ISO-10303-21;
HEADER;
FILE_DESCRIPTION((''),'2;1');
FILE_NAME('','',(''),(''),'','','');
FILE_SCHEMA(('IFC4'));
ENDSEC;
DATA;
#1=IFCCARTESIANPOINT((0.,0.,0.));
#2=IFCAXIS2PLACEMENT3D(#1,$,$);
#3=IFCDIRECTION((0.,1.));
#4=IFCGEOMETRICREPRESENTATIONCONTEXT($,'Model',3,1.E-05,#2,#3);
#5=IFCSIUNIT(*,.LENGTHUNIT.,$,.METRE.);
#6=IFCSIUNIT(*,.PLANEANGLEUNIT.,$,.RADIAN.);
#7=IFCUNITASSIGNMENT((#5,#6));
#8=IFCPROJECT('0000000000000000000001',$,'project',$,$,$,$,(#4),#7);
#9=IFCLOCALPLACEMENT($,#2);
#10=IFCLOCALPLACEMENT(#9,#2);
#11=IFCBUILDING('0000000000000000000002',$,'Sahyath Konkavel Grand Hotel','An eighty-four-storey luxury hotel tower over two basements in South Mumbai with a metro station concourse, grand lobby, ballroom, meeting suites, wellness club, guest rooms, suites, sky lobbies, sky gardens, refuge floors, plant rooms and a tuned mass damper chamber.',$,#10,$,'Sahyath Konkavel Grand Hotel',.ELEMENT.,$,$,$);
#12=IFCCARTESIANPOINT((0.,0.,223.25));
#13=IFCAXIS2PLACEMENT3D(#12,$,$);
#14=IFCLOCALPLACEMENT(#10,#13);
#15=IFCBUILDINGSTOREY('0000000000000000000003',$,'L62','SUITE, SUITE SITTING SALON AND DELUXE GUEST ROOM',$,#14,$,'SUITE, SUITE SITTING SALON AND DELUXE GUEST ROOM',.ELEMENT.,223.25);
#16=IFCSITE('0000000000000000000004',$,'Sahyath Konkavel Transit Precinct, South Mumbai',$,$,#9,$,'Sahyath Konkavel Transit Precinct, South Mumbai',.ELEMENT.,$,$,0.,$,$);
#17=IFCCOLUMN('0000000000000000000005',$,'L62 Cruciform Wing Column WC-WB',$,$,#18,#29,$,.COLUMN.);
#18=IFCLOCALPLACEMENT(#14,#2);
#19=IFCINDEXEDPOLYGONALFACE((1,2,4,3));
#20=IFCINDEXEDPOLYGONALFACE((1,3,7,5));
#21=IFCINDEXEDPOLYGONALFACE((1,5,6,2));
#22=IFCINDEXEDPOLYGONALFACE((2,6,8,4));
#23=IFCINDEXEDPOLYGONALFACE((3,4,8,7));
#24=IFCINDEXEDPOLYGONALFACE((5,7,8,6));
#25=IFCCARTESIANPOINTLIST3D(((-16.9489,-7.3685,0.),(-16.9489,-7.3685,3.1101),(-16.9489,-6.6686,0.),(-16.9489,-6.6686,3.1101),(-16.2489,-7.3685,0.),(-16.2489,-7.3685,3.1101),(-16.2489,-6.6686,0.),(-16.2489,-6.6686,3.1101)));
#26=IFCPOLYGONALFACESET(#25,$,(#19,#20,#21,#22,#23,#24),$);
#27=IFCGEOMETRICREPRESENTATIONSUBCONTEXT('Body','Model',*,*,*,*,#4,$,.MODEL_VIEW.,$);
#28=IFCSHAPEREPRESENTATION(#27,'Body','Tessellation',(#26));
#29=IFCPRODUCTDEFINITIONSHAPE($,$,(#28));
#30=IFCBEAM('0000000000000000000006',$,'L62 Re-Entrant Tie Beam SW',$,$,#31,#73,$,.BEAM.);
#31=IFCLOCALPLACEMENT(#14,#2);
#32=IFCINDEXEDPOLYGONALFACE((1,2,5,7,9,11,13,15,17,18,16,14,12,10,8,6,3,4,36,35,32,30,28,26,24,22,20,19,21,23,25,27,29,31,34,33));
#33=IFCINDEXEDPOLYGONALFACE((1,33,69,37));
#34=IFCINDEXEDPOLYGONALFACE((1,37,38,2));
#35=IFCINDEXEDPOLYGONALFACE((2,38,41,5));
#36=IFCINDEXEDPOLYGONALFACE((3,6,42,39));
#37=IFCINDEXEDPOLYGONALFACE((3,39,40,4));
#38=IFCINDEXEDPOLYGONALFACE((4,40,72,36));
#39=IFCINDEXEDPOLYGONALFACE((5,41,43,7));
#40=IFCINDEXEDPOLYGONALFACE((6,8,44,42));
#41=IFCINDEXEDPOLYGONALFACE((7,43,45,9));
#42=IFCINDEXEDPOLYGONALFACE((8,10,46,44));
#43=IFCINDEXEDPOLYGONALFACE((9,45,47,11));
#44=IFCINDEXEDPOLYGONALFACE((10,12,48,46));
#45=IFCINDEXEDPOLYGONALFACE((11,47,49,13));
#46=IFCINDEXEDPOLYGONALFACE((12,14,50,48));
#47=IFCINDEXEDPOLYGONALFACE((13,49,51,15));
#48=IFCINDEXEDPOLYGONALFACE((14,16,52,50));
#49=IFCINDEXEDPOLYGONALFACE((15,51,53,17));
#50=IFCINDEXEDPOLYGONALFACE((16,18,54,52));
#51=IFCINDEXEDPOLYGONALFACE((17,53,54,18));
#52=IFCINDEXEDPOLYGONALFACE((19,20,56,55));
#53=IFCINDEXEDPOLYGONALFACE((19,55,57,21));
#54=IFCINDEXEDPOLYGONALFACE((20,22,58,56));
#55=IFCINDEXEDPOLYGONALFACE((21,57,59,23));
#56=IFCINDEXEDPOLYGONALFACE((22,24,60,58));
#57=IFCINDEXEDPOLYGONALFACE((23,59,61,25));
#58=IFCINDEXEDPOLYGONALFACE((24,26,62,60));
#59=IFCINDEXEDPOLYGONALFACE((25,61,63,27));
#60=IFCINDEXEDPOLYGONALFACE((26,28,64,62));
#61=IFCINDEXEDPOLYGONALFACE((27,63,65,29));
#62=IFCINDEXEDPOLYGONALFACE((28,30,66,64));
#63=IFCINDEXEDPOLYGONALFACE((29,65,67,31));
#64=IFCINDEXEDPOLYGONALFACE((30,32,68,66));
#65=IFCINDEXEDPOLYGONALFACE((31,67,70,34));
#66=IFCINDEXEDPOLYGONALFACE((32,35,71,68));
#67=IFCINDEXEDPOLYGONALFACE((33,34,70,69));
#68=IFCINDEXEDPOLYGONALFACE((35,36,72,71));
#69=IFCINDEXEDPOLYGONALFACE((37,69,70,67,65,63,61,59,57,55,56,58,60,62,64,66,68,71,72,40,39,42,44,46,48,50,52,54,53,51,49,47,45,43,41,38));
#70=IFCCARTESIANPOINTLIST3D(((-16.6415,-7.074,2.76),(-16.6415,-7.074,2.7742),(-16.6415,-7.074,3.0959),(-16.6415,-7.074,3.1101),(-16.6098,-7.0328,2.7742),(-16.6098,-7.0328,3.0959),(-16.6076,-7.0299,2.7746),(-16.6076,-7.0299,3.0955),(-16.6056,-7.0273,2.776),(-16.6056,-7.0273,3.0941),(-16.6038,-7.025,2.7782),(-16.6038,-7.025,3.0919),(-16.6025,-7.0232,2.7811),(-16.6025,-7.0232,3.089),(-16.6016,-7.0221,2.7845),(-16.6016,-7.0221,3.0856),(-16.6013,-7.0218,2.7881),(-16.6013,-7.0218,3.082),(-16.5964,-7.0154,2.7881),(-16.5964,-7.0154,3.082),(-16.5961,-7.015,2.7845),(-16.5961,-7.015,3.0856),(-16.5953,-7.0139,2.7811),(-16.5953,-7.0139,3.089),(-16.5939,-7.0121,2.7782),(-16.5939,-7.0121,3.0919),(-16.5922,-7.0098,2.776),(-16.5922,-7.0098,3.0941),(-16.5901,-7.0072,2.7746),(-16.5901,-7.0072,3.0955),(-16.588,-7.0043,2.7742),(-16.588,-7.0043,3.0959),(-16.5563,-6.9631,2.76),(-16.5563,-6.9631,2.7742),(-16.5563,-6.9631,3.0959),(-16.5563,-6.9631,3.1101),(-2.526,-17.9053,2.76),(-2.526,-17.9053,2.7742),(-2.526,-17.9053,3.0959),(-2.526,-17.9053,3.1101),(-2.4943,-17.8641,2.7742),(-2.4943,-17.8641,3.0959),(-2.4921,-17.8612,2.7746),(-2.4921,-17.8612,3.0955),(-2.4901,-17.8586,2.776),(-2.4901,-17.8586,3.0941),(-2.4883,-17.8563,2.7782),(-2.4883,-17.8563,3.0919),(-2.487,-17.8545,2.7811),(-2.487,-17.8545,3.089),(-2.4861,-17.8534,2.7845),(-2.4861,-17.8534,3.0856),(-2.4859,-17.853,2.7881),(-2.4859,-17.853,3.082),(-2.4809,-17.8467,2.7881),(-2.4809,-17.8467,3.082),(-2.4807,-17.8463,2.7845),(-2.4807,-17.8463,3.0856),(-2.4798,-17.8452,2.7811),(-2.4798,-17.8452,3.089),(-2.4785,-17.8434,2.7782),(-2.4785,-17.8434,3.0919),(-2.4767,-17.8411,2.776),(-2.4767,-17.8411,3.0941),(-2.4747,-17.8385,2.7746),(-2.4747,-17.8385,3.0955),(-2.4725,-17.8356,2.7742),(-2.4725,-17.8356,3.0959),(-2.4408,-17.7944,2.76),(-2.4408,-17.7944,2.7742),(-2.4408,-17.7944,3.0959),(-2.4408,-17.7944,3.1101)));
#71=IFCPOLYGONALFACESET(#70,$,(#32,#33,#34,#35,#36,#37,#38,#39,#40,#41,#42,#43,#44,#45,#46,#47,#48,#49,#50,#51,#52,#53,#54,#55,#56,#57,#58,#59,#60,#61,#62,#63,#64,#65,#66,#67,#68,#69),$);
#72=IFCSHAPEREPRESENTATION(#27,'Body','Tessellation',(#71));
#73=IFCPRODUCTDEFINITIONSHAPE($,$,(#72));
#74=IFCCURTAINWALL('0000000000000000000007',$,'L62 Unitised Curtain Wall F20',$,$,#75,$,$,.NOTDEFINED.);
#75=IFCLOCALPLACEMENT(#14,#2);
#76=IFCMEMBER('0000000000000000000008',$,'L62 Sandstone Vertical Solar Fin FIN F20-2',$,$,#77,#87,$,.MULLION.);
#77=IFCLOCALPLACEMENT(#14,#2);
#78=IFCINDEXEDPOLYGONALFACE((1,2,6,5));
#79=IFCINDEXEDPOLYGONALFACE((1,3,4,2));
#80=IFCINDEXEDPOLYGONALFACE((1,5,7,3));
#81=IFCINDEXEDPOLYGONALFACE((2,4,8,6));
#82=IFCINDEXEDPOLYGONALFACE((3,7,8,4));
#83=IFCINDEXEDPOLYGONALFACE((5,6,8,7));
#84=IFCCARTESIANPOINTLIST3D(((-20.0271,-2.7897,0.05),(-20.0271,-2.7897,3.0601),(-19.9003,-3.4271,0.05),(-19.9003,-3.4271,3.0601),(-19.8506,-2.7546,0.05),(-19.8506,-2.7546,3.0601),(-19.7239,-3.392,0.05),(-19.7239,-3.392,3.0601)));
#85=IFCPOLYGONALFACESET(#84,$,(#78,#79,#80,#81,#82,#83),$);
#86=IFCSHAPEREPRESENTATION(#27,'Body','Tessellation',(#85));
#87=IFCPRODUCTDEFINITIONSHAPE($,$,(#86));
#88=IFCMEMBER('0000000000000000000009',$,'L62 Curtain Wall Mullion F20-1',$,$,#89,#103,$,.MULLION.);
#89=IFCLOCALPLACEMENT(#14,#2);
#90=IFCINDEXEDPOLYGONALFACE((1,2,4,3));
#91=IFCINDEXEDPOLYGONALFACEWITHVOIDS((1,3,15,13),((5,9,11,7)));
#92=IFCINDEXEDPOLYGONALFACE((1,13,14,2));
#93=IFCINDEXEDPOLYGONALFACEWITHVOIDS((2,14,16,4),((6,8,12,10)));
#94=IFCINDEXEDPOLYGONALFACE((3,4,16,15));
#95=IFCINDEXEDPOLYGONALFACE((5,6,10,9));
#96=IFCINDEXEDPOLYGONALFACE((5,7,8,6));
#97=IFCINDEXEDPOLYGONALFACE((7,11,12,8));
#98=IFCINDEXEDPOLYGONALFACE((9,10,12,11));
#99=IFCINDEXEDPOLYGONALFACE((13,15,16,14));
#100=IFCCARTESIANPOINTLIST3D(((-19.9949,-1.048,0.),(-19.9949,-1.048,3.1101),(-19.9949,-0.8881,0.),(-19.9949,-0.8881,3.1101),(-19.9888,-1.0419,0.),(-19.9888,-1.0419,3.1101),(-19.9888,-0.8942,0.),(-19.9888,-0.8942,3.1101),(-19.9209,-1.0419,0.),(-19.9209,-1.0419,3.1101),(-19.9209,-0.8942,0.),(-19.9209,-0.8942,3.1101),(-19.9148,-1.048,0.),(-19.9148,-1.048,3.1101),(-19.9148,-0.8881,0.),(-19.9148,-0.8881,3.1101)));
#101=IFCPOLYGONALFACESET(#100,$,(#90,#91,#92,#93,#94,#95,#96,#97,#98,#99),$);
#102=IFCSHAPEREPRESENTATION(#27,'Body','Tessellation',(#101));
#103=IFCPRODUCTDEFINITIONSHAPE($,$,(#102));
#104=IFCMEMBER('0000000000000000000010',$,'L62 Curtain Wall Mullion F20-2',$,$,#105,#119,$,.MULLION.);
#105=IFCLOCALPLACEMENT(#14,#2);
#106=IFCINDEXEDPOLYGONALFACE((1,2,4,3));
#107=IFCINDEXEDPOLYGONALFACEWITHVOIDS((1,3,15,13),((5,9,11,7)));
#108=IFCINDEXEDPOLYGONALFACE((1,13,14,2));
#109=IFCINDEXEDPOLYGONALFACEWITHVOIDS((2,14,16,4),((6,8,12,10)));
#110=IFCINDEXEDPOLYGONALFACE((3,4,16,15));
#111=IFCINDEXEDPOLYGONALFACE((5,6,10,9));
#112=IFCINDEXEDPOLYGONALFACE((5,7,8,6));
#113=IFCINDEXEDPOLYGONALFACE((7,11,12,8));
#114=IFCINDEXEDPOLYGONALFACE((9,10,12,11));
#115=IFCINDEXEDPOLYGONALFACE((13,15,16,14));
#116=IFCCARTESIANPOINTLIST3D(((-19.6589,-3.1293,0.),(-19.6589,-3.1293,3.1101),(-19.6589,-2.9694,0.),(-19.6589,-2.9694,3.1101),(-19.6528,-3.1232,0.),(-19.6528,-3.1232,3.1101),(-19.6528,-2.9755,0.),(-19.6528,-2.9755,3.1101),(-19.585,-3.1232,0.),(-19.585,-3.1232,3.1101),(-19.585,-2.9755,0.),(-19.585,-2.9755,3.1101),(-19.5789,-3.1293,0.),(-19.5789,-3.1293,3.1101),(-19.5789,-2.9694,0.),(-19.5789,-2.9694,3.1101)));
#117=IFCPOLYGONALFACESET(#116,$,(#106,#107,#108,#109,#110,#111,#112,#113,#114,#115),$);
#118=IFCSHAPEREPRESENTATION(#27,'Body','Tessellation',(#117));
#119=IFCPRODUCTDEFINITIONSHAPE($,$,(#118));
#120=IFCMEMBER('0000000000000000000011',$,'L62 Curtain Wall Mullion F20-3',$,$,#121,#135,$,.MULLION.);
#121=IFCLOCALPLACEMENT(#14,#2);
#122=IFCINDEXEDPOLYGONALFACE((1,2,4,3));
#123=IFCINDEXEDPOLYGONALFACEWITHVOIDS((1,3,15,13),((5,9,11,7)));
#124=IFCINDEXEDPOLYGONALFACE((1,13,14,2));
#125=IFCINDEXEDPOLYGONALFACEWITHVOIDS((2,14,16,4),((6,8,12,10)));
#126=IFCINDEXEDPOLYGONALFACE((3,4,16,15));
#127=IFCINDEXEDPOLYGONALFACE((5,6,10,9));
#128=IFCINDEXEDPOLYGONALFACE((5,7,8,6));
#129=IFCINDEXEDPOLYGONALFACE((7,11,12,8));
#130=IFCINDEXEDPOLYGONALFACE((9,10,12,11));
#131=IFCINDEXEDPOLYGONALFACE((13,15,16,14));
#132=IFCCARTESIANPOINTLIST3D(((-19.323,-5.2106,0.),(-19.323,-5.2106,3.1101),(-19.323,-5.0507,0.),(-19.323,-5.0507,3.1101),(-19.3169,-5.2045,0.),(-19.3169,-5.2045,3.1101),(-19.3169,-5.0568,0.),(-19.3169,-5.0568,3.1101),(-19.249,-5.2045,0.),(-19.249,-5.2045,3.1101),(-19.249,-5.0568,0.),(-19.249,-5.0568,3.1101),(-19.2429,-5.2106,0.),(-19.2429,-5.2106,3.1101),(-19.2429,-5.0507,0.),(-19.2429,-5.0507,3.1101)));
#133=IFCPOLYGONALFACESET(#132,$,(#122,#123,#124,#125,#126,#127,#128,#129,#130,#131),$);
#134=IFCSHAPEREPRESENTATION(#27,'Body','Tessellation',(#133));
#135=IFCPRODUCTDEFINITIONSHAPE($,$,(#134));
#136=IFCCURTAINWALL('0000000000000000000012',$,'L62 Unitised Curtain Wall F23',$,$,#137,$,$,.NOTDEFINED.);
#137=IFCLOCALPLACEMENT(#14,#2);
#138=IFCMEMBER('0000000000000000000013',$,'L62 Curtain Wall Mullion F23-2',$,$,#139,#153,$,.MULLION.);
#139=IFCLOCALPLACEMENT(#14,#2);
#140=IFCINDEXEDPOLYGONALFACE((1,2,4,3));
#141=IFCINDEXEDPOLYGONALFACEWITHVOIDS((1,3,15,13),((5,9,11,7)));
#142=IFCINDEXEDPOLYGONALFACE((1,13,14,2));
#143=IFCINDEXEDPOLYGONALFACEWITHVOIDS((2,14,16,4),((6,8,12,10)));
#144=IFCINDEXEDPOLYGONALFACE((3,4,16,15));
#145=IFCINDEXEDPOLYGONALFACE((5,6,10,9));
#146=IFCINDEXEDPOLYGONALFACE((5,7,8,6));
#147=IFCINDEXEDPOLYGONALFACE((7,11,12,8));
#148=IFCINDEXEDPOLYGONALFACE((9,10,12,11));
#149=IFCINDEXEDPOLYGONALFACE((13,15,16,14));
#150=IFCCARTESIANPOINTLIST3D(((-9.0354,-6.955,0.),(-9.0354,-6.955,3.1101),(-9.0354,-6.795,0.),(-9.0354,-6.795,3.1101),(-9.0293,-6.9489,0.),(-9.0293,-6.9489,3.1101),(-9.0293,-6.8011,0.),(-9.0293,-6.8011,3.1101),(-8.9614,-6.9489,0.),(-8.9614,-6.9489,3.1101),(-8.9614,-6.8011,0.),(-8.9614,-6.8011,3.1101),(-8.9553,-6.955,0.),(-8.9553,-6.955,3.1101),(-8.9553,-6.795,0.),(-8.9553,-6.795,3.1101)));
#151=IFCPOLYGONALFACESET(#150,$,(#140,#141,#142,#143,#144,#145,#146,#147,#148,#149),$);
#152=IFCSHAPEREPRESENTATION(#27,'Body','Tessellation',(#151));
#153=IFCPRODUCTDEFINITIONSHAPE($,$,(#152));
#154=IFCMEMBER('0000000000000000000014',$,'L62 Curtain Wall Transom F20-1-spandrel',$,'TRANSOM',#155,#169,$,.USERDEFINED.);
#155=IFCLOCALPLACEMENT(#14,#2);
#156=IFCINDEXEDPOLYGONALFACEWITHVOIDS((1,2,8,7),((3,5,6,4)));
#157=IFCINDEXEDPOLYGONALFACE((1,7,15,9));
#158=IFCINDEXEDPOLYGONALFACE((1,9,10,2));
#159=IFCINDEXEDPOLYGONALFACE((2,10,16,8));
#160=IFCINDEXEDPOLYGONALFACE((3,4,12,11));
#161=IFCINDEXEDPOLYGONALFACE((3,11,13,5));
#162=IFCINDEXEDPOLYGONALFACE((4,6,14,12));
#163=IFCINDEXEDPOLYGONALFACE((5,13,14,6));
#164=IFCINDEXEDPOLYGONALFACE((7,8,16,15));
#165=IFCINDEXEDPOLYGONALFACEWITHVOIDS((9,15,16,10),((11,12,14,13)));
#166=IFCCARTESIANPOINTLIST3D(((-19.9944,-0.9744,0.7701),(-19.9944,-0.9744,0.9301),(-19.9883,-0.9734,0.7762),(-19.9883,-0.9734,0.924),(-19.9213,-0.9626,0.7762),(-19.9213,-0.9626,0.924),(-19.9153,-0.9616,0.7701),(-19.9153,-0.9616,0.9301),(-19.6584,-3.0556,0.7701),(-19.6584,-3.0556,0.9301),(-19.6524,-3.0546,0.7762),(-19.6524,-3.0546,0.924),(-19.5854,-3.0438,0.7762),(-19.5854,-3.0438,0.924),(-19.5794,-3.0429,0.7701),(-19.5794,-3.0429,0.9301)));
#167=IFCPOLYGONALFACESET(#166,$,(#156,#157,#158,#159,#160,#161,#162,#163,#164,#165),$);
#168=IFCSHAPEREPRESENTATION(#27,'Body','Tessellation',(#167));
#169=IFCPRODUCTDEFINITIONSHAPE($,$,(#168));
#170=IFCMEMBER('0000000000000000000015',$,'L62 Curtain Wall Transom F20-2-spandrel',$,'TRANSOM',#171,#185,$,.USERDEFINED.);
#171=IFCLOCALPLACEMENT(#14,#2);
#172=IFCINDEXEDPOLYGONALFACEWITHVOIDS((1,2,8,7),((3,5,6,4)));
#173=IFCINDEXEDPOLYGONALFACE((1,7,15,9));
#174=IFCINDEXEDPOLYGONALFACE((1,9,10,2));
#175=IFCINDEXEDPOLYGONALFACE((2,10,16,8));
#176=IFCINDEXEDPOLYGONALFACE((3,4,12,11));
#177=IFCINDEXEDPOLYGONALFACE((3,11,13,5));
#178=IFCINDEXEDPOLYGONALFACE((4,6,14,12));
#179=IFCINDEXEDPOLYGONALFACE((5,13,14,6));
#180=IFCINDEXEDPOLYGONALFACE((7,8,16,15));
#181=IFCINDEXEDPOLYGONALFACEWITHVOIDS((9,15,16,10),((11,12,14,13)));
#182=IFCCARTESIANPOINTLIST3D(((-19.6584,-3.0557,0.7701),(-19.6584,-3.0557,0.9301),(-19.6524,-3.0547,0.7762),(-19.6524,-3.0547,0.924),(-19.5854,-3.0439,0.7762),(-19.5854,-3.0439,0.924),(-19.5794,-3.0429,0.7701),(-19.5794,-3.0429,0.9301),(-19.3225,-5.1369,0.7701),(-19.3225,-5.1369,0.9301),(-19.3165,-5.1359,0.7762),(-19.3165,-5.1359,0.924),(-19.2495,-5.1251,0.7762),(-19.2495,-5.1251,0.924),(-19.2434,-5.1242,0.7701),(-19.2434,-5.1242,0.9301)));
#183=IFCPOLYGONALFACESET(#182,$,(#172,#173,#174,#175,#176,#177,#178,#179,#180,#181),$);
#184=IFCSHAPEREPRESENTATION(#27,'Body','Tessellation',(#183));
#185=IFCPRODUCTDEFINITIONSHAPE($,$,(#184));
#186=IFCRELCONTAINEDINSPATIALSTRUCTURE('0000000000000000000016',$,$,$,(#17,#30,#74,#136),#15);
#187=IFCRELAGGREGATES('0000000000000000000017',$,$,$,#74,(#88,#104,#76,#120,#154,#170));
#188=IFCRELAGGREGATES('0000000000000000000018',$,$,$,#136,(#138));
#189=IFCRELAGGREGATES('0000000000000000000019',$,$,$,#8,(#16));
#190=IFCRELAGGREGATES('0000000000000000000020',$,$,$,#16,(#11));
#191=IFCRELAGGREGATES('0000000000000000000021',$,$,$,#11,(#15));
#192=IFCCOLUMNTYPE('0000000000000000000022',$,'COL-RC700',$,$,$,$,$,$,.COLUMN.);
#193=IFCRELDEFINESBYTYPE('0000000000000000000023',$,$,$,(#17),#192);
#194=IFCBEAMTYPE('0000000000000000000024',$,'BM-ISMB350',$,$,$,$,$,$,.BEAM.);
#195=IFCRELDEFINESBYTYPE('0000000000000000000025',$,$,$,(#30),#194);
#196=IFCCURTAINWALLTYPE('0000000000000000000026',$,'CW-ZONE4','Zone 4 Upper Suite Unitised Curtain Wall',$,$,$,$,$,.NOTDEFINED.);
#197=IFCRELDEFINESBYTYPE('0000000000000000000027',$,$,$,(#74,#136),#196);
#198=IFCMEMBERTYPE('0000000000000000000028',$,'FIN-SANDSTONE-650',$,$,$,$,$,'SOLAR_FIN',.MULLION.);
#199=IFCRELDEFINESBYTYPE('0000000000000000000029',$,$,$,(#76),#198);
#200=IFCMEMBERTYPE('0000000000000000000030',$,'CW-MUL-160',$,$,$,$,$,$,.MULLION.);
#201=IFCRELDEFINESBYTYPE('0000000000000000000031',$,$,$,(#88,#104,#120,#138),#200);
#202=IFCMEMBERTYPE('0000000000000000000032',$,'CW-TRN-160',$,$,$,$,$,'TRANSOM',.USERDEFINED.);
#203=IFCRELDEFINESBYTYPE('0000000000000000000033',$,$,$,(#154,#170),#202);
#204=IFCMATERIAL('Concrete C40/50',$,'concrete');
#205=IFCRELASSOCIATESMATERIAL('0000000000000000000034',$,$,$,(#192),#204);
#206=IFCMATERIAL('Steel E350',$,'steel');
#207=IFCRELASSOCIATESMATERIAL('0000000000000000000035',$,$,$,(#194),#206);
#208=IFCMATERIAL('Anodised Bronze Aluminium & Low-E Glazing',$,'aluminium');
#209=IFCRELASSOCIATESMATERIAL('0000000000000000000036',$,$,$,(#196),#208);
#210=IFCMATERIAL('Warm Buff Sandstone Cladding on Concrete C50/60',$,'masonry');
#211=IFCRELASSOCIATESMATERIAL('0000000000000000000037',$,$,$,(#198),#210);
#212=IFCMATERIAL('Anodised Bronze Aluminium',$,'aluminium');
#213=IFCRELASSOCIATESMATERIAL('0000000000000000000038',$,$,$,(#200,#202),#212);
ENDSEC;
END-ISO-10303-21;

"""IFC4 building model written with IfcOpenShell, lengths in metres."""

from ifc_helpers import new_model, si_unit, direction, frame, origin, origin_2d, place, context, subcontext, project, spatial, rectangle, hollow_rectangle, i_section, extrude, source, transform, mapped, material, material_profile, profile_set, type_object, element, aggregate, save


model = new_model("IFC4")

# Units and contexts
model_context = context("Model", 3, precision=1e-05, world=origin(), true_north=direction((0.0, 1.0)))
body_context = subcontext(model_context, "Body", "Model", "MODEL_VIEW")
ifc_project = project(units=[si_unit("LENGTHUNIT", "METRE"), si_unit("PLANEANGLEUNIT", "RADIAN")], contexts=[model_context])

# Site, building, storey
site_placement = place(None, origin())
site = spatial("IfcSite", under=ifc_project, at=site_placement, Name="Sahyath Konkavel Transit Precinct, South Mumbai", LongName="Sahyath Konkavel Transit Precinct, South Mumbai", CompositionType="ELEMENT", RefElevation=0.0)
building_placement = place(site_placement, origin())
building = spatial("IfcBuilding", under=site, at=building_placement, Name="Sahyath Konkavel Grand Hotel", Description="An eighty-four-storey luxury hotel tower over two basements in South Mumbai with a metro station concourse, grand lobby, ballroom, meeting suites, wellness club, guest rooms, suites, sky lobbies, sky gardens, refuge floors, plant rooms and a tuned mass damper chamber.", LongName="Sahyath Konkavel Grand Hotel", CompositionType="ELEMENT")
storey_placement = place(building_placement, frame((0.0, 0.0, 223.25)))
storey = spatial("IfcBuildingStorey", under=building, at=storey_placement, Name="L62", Description="SUITE, SUITE SITTING SALON AND DELUXE GUEST ROOM", LongName="SUITE, SUITE SITTING SALON AND DELUXE GUEST ROOM", CompositionType="ELEMENT", Elevation=223.25)

# Column
ifc_material_1 = material(Name="Concrete C40/50", Category="concrete")
ifc_material_profile_1 = material_profile(ifc_material_1, rectangle(XDim=0.7, YDim=0.7, at=origin_2d()), Name="RC 700x700")
ifc_profile_set_1 = profile_set([ifc_material_profile_1], Name="Concrete C40/50")
column_type = type_object("IfcColumnType", Name="COL-RC700", PredefinedType="COLUMN", material=ifc_profile_set_1)
shared_shape_1 = source(origin(), body_context, "Body", "SweptSolid", [
    extrude(rectangle(XDim=0.7, YDim=0.7, at=origin_2d()), origin(), (0.0, 0.0, 1.0), 3.1101),
])
column_placement = place(storey_placement, frame((-16.5989, -7.0186, 0.0), z_axis=(0.0, 0.0, 1.0), x_axis=(1.0, 0.0, 0.0)))
element("IfcColumn", 1, at=column_placement, inside=storey, type_object=column_type, Name="L62 Cruciform Wing Column WC-WB", PredefinedType="COLUMN", context=body_context, shape_type="MappedRepresentation", body=[
    mapped(shared_shape_1, transform((0.0, 0.0, 0.0), scale=1.0)),
])

# Beam
ifc_material_2 = material(Name="Steel E350", Category="steel")
ifc_material_profile_2 = material_profile(ifc_material_2, i_section(OverallWidth=0.1399, OverallDepth=0.3501, WebThickness=0.0081, FlangeThickness=0.0142, FilletRadius=0.0139, at=origin_2d()), Name="ISMB 350")
ifc_profile_set_2 = profile_set([ifc_material_profile_2], Name="Steel E350")
beam_type_1 = type_object("IfcBeamType", Name="BM-ISMB350", PredefinedType="BEAM", material=ifc_profile_set_2)
shared_shape_2 = source(origin(), body_context, "Body", "SweptSolid", [
    extrude(i_section(OverallWidth=0.1399, OverallDepth=0.3501, WebThickness=0.0081, FlangeThickness=0.0142, FilletRadius=0.0139, at=origin_2d()), origin(), (0.0, 0.0, 1.0), 17.7922),
])
beam_1_placement = place(storey_placement, frame((-16.5989, -7.0186, 2.9351), z_axis=(0.79335, -0.608765, 0.0), x_axis=(0.608765, 0.79335, 0.0)))
element("IfcBeam", 2, at=beam_1_placement, inside=storey, type_object=beam_type_1, Name="L62 Re-Entrant Tie Beam SW", PredefinedType="BEAM", context=body_context, shape_type="MappedRepresentation", body=[
    mapped(shared_shape_2, transform((0.0, 0.0, 0.0), scale=1.0)),
])

# Curtain wall, members
ifc_material_3 = material(Name="Anodised Bronze Aluminium & Low-E Glazing", Category="aluminium")
curtain_wall_type = type_object("IfcCurtainWallType", Name="CW-ZONE4", Description="Zone 4 Upper Suite Unitised Curtain Wall", PredefinedType="NOTDEFINED", material=ifc_material_3)
curtain_wall_1_placement = place(storey_placement, origin())
curtain_wall_1 = element("IfcCurtainWall", 3, at=curtain_wall_1_placement, inside=storey, type_object=curtain_wall_type, Name="L62 Unitised Curtain Wall F20", PredefinedType="NOTDEFINED")
ifc_material_4 = material(Name="Warm Buff Sandstone Cladding on Concrete C50/60", Category="masonry")
ifc_material_profile_3 = material_profile(ifc_material_4, rectangle(XDim=0.1799, YDim=0.6499, at=origin_2d()), Name="FIN 180x650")
ifc_profile_set_3 = profile_set([ifc_material_profile_3], Name="Warm Buff Sandstone Cladding on Concrete C50/60")
member_type_1 = type_object("IfcMemberType", Name="FIN-SANDSTONE-650", ElementType="SOLAR_FIN", PredefinedType="MULLION", material=ifc_profile_set_3)
shared_shape_3 = source(origin(), body_context, "Body", "SweptSolid", [
    extrude(rectangle(XDim=0.1799, YDim=0.6499, at=origin_2d()), origin(), (0.0, 0.0, 1.0), 3.01),
])
member_1_placement = place(storey_placement, frame((-19.8755, -3.0908, 0.05), z_axis=(0.0, 0.0, 1.0), x_axis=(0.980785, 0.19509, 0.0)))
member_1 = element("IfcMember", 4, at=member_1_placement, type_object=member_type_1, Name="L62 Sandstone Vertical Solar Fin FIN F20-2", PredefinedType="MULLION", context=body_context, shape_type="MappedRepresentation", body=[
    mapped(shared_shape_3, transform((0.0, 0.0, 0.0), scale=1.0)),
])
ifc_material_5 = material(Name="Anodised Bronze Aluminium", Category="aluminium")
ifc_material_profile_4 = material_profile(ifc_material_5, hollow_rectangle(XDim=0.0801, YDim=0.1599, WallThickness=0.0061, at=origin_2d()), Name="RHS 160x80x6")
ifc_profile_set_4 = profile_set([ifc_material_profile_4], Name="Anodised Bronze Aluminium")
member_type_2 = type_object("IfcMemberType", Name="CW-MUL-160", PredefinedType="MULLION", material=ifc_profile_set_4)
shared_shape_4 = source(origin(), body_context, "Body", "SweptSolid", [
    extrude(hollow_rectangle(XDim=0.0801, YDim=0.1599, WallThickness=0.0061, at=origin_2d()), origin(), (0.0, 0.0, 1.0), 3.1101),
])
member_2_placement = place(storey_placement, frame((-19.9548, -0.968, 0.0), z_axis=(0.0, 0.0, 1.0), x_axis=(1.0, 0.0, 0.0)))
member_2 = element("IfcMember", 5, at=member_2_placement, type_object=member_type_2, Name="L62 Curtain Wall Mullion F20-1", PredefinedType="MULLION", context=body_context, shape_type="MappedRepresentation", body=[
    mapped(shared_shape_4, transform((0.0, 0.0, 0.0), scale=1.0)),
])
member_3_placement = place(storey_placement, frame((-19.6189, -3.0493, 0.0), z_axis=(0.0, 0.0, 1.0), x_axis=(1.0, 0.0, 0.0)))
member_3 = element("IfcMember", 6, at=member_3_placement, type_object=member_type_2, Name="L62 Curtain Wall Mullion F20-2", PredefinedType="MULLION", context=body_context, shape_type="MappedRepresentation", body=[
    mapped(shared_shape_4, transform((0.0, 0.0, 0.0), scale=1.0)),
])
member_4_placement = place(storey_placement, frame((-19.283, -5.1306, 0.0), z_axis=(0.0, 0.0, 1.0), x_axis=(1.0, 0.0, 0.0)))
member_4 = element("IfcMember", 7, at=member_4_placement, type_object=member_type_2, Name="L62 Curtain Wall Mullion F20-3", PredefinedType="MULLION", context=body_context, shape_type="MappedRepresentation", body=[
    mapped(shared_shape_4, transform((0.0, 0.0, 0.0), scale=1.0)),
])

# Curtain wall, member
curtain_wall_2_placement = place(storey_placement, origin())
curtain_wall_2 = element("IfcCurtainWall", 8, at=curtain_wall_2_placement, inside=storey, type_object=curtain_wall_type, Name="L62 Unitised Curtain Wall F23", PredefinedType="NOTDEFINED")
member_5_placement = place(storey_placement, frame((-8.9954, -6.875, 0.0), z_axis=(0.0, 0.0, 1.0), x_axis=(1.0, 0.0, 0.0)))
member_5 = element("IfcMember", 9, at=member_5_placement, type_object=member_type_2, Name="L62 Curtain Wall Mullion F23-2", PredefinedType="MULLION", context=body_context, shape_type="MappedRepresentation", body=[
    mapped(shared_shape_4, transform((0.0, 0.0, 0.0), scale=1.0)),
])

# Members
ifc_material_profile_5 = material_profile(ifc_material_5, hollow_rectangle(XDim=0.0801, YDim=0.1599, WallThickness=0.0061, at=origin_2d()), Name="RHS 160x80x6")
ifc_profile_set_5 = profile_set([ifc_material_profile_5], Name="Anodised Bronze Aluminium")
member_type_3 = type_object("IfcMemberType", Name="CW-TRN-160", ElementType="TRANSOM", PredefinedType="USERDEFINED", material=ifc_profile_set_5)
shared_shape_5 = source(origin(), body_context, "Body", "SweptSolid", [
    extrude(hollow_rectangle(XDim=0.0801, YDim=0.1599, WallThickness=0.0061, at=origin_2d()), origin(), (0.0, 0.0, 1.0), 2.1082),
])
member_6_placement = place(storey_placement, frame((-19.9548, -0.968, 0.8501), z_axis=(0.159345, -0.987223, 0.0), x_axis=(0.987223, 0.159345, 0.0)))
member_6 = element("IfcMember", 10, at=member_6_placement, type_object=member_type_3, Name="L62 Curtain Wall Transom F20-1-spandrel", ObjectType="TRANSOM", PredefinedType="USERDEFINED", context=body_context, shape_type="MappedRepresentation", body=[
    mapped(shared_shape_5, transform((0.0, 0.0, 0.0), scale=1.0)),
])
member_7_placement = place(storey_placement, frame((-19.6189, -3.0493, 0.8501), z_axis=(0.159345, -0.987223, 0.0), x_axis=(0.987223, 0.159345, 0.0)))
member_7 = element("IfcMember", 11, at=member_7_placement, type_object=member_type_3, Name="L62 Curtain Wall Transom F20-2-spandrel", ObjectType="TRANSOM", PredefinedType="USERDEFINED", context=body_context, shape_type="MappedRepresentation", body=[
    mapped(shared_shape_5, transform((0.0, 0.0, 0.0), scale=1.0)),
])

aggregate(curtain_wall_1, [member_2, member_3, member_1, member_4, member_6, member_7])
aggregate(curtain_wall_2, [member_5])

save(model, "model.ifc")
